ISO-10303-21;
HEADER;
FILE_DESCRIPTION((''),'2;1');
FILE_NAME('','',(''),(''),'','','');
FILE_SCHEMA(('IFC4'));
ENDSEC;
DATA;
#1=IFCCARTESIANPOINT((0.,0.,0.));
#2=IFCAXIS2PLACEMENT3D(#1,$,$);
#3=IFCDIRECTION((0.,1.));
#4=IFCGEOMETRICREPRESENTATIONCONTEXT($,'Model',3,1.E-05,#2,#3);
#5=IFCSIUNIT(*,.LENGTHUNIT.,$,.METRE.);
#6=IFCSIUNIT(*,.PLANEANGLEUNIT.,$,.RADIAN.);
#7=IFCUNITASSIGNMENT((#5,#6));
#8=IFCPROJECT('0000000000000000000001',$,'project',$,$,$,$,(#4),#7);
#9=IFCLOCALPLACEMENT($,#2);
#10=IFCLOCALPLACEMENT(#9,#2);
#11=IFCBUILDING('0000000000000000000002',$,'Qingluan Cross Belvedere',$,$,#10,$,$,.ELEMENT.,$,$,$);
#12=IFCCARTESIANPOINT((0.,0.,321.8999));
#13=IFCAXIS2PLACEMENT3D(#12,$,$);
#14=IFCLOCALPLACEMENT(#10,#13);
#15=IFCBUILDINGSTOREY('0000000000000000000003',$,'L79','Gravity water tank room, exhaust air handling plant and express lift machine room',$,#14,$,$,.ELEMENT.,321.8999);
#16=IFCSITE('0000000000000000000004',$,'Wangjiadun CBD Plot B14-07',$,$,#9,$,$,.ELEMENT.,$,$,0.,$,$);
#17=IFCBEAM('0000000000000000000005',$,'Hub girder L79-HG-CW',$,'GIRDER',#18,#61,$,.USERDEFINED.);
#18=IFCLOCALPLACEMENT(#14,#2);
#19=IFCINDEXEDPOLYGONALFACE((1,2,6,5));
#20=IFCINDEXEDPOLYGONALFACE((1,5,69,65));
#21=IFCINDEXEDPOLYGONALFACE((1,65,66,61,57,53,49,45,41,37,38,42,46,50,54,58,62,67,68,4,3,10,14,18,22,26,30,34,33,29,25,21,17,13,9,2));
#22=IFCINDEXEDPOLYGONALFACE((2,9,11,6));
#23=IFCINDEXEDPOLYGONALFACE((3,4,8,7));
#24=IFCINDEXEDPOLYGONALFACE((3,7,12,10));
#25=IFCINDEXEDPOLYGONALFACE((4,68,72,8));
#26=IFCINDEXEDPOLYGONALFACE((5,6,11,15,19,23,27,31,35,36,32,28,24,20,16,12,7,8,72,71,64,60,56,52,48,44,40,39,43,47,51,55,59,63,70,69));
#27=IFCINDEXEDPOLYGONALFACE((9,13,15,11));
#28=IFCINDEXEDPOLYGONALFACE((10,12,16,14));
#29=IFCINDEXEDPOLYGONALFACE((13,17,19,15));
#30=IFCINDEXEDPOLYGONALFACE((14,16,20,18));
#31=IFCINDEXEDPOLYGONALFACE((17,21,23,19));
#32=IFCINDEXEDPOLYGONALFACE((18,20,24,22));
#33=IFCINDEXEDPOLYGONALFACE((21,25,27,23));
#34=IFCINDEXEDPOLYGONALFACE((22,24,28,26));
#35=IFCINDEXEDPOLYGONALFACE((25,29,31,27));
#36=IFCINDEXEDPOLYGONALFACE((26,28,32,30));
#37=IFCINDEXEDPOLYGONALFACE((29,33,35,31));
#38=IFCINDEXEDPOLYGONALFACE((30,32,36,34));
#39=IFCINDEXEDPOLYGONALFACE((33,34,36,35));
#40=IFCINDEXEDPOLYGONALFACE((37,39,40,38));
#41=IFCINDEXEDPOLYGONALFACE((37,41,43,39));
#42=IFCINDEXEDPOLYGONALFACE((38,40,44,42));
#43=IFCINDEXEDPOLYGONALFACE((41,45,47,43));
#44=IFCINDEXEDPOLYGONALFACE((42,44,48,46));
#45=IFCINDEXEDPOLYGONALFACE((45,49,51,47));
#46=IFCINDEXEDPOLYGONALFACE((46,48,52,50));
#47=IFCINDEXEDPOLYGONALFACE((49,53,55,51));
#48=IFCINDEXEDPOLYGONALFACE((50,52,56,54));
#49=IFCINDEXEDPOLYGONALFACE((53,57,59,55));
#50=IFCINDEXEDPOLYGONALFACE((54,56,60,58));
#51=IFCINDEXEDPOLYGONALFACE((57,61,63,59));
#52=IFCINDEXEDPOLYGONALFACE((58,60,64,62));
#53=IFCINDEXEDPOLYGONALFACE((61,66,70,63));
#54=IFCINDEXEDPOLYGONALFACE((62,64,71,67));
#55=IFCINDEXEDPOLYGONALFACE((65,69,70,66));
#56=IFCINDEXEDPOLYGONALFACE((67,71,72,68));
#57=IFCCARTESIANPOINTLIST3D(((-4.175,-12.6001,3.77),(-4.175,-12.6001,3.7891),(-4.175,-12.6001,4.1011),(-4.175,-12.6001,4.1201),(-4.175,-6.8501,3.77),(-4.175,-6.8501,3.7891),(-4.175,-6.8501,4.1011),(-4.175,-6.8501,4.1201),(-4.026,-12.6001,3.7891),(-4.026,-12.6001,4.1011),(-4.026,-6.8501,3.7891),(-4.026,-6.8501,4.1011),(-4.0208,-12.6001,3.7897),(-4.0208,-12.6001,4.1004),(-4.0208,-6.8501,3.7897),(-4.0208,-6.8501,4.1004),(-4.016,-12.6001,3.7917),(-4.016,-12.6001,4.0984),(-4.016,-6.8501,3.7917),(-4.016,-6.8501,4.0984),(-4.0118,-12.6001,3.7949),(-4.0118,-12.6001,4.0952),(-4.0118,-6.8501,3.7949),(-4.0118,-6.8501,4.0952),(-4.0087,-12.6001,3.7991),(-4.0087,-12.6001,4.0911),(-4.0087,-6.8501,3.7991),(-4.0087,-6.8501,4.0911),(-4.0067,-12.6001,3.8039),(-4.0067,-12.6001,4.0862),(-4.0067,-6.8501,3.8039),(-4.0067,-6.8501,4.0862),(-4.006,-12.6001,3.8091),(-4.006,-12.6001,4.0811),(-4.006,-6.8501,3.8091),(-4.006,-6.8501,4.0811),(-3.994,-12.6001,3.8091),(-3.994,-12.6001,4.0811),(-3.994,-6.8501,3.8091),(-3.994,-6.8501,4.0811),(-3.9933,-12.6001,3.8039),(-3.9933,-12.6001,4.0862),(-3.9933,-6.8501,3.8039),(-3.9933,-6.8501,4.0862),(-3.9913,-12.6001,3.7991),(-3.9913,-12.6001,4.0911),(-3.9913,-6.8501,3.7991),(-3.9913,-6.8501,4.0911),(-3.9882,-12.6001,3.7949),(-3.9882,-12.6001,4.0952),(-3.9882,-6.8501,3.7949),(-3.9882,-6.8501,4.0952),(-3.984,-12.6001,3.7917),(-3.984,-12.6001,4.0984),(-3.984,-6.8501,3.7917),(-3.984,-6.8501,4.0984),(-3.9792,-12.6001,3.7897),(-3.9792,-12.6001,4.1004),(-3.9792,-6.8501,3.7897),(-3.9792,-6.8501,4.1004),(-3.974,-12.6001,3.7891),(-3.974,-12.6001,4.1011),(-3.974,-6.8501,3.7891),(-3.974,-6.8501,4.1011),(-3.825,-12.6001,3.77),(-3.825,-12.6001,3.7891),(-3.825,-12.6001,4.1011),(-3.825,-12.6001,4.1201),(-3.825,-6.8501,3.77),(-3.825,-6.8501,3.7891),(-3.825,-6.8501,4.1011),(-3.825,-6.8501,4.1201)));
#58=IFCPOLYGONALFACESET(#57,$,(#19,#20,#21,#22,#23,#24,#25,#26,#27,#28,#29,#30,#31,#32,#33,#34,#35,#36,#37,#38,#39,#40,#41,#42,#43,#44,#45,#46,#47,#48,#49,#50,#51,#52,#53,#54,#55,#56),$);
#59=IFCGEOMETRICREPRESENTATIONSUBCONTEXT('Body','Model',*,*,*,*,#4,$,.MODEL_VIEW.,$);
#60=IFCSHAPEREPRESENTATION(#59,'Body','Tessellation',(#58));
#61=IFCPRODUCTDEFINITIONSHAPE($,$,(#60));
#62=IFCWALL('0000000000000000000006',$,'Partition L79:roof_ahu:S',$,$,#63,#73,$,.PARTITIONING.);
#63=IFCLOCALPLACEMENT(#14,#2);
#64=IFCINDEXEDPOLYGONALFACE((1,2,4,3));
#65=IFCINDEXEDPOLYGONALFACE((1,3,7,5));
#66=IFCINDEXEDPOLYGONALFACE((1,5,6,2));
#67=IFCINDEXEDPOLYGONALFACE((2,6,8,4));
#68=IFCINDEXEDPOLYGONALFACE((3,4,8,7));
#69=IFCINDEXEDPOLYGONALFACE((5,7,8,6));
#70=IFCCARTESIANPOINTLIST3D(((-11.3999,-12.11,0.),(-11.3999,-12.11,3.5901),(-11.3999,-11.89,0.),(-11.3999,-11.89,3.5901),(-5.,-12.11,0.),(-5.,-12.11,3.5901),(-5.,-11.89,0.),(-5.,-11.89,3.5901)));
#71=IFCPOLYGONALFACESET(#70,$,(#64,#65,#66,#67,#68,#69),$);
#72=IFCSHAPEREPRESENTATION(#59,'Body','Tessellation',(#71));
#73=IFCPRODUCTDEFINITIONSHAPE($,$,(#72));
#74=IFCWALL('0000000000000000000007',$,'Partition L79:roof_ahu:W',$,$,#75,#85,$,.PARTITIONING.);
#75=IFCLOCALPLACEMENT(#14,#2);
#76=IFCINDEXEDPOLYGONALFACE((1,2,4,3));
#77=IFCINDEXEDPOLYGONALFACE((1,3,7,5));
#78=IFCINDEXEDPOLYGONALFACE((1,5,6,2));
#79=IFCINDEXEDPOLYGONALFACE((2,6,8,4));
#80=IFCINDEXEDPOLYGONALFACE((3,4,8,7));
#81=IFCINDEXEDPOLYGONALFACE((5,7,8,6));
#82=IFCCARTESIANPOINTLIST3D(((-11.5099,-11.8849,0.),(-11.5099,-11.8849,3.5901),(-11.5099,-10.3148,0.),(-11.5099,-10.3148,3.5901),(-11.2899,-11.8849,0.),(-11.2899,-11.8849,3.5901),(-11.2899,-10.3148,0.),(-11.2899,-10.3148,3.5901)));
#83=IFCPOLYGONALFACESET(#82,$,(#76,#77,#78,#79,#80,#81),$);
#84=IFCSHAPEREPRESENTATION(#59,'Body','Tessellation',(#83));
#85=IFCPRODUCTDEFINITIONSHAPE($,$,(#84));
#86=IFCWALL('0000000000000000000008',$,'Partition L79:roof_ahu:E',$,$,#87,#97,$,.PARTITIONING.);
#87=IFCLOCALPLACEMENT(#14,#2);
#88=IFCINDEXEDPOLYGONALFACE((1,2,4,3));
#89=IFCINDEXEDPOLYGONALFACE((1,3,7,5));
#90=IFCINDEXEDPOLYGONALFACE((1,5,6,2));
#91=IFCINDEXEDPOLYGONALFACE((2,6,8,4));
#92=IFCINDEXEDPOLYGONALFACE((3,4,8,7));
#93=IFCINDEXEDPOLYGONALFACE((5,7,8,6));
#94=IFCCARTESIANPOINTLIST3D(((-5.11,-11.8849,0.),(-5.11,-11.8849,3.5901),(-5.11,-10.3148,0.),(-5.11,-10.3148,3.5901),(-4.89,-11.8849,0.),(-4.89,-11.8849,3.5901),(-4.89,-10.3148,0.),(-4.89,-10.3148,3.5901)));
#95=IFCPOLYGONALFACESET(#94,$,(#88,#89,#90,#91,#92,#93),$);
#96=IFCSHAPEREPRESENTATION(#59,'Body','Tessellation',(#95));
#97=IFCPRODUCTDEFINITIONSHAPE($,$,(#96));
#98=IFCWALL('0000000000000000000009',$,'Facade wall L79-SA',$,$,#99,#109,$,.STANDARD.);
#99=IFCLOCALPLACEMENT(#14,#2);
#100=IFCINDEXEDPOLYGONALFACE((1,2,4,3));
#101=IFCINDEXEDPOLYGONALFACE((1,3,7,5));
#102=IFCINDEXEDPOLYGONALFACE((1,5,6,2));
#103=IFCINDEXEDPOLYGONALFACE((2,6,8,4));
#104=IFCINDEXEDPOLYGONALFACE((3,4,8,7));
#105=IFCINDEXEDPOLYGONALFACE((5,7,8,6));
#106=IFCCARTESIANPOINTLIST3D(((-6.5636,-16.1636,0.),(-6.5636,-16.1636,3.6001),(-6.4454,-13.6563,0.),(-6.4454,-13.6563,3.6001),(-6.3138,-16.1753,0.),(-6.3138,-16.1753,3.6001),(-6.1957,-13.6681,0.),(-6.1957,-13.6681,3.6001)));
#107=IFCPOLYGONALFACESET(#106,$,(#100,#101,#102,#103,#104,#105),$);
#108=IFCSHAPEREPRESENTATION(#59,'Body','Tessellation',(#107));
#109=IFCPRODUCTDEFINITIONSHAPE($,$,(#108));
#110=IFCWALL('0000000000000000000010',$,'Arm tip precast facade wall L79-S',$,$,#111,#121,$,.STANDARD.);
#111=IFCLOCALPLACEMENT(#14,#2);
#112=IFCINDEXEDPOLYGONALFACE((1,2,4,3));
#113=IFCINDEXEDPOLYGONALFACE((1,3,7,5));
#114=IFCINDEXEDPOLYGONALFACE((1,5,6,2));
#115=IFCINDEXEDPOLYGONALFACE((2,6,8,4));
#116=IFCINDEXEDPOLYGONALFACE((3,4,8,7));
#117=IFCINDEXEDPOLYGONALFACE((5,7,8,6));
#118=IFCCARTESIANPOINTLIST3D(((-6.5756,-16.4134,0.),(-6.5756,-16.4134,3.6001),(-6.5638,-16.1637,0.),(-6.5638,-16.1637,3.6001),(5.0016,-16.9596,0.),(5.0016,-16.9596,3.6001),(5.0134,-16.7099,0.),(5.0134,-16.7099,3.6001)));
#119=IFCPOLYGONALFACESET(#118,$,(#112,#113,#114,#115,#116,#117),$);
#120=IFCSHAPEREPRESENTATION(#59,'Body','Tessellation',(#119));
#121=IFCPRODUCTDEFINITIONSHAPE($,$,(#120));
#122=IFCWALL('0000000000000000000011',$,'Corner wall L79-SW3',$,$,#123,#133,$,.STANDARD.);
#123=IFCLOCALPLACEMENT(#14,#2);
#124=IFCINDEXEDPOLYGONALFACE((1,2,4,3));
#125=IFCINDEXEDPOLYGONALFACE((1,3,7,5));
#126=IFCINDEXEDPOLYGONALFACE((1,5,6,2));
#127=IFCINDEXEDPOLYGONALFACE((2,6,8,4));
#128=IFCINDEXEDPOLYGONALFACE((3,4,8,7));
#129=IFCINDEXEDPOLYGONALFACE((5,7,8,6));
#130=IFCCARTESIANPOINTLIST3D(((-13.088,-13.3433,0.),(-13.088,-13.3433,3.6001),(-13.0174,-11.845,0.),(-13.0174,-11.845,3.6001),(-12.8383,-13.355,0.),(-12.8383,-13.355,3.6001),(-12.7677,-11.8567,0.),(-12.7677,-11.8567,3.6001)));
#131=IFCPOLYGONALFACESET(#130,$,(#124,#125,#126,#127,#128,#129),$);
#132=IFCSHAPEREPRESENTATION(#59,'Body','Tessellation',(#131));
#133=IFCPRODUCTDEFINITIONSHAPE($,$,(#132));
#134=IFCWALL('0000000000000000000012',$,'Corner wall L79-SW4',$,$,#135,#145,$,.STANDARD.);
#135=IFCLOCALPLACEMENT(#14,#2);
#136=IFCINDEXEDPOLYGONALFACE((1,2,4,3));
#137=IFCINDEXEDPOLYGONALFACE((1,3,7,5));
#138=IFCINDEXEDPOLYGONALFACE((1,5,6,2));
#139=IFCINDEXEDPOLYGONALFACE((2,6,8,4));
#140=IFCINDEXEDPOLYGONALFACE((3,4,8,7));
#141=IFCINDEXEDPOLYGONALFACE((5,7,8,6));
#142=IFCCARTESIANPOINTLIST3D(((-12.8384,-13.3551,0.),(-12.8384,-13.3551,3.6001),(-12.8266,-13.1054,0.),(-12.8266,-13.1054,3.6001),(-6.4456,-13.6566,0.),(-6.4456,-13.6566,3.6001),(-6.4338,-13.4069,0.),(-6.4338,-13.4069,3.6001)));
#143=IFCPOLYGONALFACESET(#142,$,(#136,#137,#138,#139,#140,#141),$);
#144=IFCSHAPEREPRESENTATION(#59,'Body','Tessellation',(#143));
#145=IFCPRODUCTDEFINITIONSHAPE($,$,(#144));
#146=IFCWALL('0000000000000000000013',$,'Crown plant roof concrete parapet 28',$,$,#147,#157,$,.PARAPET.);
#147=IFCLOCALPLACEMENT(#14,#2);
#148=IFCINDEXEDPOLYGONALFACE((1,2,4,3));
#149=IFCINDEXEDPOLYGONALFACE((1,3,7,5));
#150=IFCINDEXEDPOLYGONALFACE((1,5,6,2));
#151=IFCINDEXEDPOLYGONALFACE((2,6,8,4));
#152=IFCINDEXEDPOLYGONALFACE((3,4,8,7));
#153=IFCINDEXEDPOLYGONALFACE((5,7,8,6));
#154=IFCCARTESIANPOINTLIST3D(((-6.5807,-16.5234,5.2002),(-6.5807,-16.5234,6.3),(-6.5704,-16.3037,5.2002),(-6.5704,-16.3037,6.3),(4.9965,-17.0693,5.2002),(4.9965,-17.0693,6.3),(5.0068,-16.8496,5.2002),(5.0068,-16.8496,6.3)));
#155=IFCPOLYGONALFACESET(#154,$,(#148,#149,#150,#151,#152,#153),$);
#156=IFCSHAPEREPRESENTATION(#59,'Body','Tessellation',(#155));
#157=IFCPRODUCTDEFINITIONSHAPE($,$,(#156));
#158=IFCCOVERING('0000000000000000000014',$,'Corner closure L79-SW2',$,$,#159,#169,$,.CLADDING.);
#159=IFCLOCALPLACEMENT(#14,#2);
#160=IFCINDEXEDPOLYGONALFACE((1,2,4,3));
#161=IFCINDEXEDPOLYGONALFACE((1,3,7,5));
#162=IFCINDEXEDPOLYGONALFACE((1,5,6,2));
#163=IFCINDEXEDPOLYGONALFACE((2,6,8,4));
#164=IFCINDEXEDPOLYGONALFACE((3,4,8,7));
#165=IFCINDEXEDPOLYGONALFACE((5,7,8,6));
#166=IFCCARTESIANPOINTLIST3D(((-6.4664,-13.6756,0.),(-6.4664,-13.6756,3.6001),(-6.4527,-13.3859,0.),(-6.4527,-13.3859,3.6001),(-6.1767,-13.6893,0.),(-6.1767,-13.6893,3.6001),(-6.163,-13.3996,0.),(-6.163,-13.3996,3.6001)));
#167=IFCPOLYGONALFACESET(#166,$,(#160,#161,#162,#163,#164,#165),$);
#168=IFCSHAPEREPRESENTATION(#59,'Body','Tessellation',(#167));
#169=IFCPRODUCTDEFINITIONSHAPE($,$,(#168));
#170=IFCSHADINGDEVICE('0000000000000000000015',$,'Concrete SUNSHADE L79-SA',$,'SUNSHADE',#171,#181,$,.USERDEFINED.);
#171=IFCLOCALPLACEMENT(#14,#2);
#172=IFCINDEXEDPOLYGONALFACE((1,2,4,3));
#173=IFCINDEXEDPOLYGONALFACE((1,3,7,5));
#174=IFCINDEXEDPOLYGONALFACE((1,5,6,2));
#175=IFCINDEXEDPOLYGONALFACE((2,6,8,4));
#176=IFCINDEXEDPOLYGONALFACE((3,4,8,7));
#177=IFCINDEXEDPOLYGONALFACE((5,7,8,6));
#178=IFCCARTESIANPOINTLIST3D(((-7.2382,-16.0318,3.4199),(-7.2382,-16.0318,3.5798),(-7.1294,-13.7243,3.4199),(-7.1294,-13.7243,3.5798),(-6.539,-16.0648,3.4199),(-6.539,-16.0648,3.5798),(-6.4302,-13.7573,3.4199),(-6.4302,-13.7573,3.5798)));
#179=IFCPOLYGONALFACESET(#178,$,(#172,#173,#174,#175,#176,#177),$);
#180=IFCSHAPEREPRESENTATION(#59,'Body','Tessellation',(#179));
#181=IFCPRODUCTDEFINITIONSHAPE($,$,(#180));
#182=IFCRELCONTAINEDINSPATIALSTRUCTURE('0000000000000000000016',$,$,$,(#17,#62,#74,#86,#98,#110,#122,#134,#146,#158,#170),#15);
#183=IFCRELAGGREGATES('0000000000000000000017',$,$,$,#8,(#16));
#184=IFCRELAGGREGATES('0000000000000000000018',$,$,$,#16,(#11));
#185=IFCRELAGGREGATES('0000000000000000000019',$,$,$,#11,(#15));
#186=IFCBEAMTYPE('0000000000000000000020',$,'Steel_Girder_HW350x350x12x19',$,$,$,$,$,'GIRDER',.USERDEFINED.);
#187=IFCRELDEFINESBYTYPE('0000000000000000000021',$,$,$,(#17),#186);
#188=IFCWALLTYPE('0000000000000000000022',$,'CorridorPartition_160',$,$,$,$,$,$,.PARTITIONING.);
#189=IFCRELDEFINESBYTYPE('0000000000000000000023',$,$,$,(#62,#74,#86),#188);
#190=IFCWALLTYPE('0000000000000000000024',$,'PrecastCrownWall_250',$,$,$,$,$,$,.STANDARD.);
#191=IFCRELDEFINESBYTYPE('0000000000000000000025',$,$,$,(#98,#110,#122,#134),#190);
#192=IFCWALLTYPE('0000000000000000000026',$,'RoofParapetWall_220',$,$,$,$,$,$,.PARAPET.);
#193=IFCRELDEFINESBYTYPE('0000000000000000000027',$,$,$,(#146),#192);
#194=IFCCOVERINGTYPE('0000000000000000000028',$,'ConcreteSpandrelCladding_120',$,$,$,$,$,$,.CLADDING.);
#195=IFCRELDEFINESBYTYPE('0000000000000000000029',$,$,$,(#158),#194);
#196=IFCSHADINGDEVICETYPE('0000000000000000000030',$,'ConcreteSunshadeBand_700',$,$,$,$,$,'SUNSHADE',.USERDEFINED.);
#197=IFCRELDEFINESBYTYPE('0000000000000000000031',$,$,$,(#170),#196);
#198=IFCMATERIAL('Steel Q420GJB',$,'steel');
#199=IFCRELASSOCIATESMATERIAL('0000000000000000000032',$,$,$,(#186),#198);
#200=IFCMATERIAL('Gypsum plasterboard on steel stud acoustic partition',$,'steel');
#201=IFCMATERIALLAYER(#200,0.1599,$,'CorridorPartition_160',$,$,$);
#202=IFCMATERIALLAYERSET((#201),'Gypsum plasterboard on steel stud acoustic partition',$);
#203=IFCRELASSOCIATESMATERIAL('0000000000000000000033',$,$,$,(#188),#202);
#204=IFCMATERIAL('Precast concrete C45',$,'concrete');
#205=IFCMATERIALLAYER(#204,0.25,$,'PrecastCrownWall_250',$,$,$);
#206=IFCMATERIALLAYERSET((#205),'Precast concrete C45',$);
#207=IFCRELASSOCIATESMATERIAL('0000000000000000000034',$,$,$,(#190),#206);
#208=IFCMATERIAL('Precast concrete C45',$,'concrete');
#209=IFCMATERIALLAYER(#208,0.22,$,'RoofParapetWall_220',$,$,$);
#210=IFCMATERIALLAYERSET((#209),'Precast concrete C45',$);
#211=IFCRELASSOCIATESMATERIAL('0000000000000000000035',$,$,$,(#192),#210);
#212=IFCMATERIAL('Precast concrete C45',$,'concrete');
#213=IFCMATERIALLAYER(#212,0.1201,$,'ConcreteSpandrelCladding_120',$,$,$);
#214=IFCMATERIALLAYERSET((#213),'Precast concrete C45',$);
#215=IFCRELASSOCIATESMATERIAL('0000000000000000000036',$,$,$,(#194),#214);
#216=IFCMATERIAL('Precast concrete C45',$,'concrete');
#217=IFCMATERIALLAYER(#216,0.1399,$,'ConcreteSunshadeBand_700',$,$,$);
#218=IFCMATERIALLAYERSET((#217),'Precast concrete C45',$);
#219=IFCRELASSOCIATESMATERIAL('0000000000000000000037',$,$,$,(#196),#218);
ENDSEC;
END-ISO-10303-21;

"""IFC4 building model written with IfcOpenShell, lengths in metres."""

from ifc_helpers import new_model, si_unit, direction, frame, frame_2d, origin, origin_2d, place, context, subcontext, project, spatial, rectangle, i_section, extrude, material, layer, layer_set, material_profile, profile_set, type_object, element, save


model = new_model("IFC4")

# Units and contexts
model_context = context("Model", 3, precision=1e-05, world=origin(), true_north=direction((0.0, 1.0)))
body_context = subcontext(model_context, "Body", "Model", "MODEL_VIEW")
ifc_project = project(units=[si_unit("LENGTHUNIT", "METRE"), si_unit("PLANEANGLEUNIT", "RADIAN")], contexts=[model_context])

# Site, building, storey
site_placement = place(None, origin())
site = spatial("IfcSite", under=ifc_project, at=site_placement, Name="Wangjiadun CBD Plot B14-07", CompositionType="ELEMENT", RefElevation=0.0)
building_placement = place(site_placement, origin())
building = spatial("IfcBuilding", under=site, at=building_placement, Name="Qingluan Cross Belvedere", CompositionType="ELEMENT")
storey_placement = place(building_placement, frame((0.0, 0.0, 321.8999)))
storey = spatial("IfcBuildingStorey", under=building, at=storey_placement, Name="L79", Description="Gravity water tank room, exhaust air handling plant and express lift machine room", CompositionType="ELEMENT", Elevation=321.8999)

# Beam
ifc_material_1 = material(Name="Steel Q420GJB", Category="steel")
ifc_material_profile_1 = material_profile(ifc_material_1, i_section(OverallWidth=0.3501, OverallDepth=0.3501, WebThickness=0.012, FlangeThickness=0.019, FilletRadius=0.02, at=origin_2d()), Name="HW350x350x12x19")
ifc_profile_set_1 = profile_set([ifc_material_profile_1], Name="Steel Q420GJB")
beam_type = type_object("IfcBeamType", Name="Steel_Girder_HW350x350x12x19", ElementType="GIRDER", PredefinedType="USERDEFINED", material=ifc_profile_set_1)
for number, where, z_axis, x_axis, name in (
    (1, (-4.0, -12.6001, 3.9451), (0.0, 1.0, 0.0), (-1.0, 0.0, 0.0), "Hub girder L79-HG-CW"),
):
    element("IfcBeam", number, at=place(storey_placement, frame(where, z_axis=z_axis, x_axis=x_axis)), inside=storey, type_object=beam_type, Name=name, ObjectType="GIRDER", PredefinedType="USERDEFINED", context=body_context, shape_type="SweptSolid", body=[
        extrude(i_section(OverallWidth=0.3501, OverallDepth=0.3501, WebThickness=0.012, FlangeThickness=0.019, FilletRadius=0.02, at=origin_2d()), origin(), (0.0, 0.0, 1.0), 5.75),
    ])

# Walls
ifc_material_2 = material(Name="Gypsum plasterboard on steel stud acoustic partition", Category="steel")
ifc_layer_1 = layer(ifc_material_2, 0.1599, Name="CorridorPartition_160")
ifc_layer_set_1 = layer_set([ifc_layer_1], Name="Gypsum plasterboard on steel stud acoustic partition")
wall_type_1 = type_object("IfcWallType", Name="CorridorPartition_160", PredefinedType="PARTITIONING", material=ifc_layer_set_1)
wall_1_placement = place(storey_placement, frame((-11.3999, -12.0, 0.0), z_axis=(0.0, 0.0, 1.0), x_axis=(1.0, 0.0, 0.0)))
element("IfcWall", 2, at=wall_1_placement, inside=storey, type_object=wall_type_1, Name="Partition L79:roof_ahu:S", PredefinedType="PARTITIONING", context=body_context, shape_type="SweptSolid", body=[
    extrude(rectangle(XDim=6.3999, YDim=0.22, at=frame_2d((3.2, 0.0))), origin(), (0.0, 0.0, 1.0), 3.5901),
])
for number, where, z_axis, x_axis, name in (
    (3, (-11.3999, -11.885, 0.0), (0.0, 0.0, 1.0), (0.0, 1.0, 0.0), "Partition L79:roof_ahu:W"),
    (4, (-5.0, -11.885, 0.0), (0.0, 0.0, 1.0), (0.0, 1.0, 0.0), "Partition L79:roof_ahu:E"),
):
    element("IfcWall", number, at=place(storey_placement, frame(where, z_axis=z_axis, x_axis=x_axis)), inside=storey, type_object=wall_type_1, Name=name, PredefinedType="PARTITIONING", context=body_context, shape_type="SweptSolid", body=[
        extrude(rectangle(XDim=1.5701, YDim=0.22, at=frame_2d((0.7852, 0.0))), origin(), (0.0, 0.0, 1.0), 3.5901),
    ])
ifc_material_3 = material(Name="Precast concrete C45", Category="concrete")
ifc_layer_2 = layer(ifc_material_3, 0.25, Name="PrecastCrownWall_250")
ifc_layer_set_2 = layer_set([ifc_layer_2], Name="Precast concrete C45")
wall_type_2 = type_object("IfcWallType", Name="PrecastCrownWall_250", PredefinedType="STANDARD", material=ifc_layer_set_2)
wall_2_placement = place(storey_placement, frame((-6.3206, -13.6624, 0.0), z_axis=(0.0, 0.0, 1.0), x_axis=(-0.047075, -0.998891, 0.0)))
element("IfcWall", 5, at=wall_2_placement, inside=storey, type_object=wall_type_2, Name="Facade wall L79-SA", PredefinedType="STANDARD", context=body_context, shape_type="SweptSolid", body=[
    extrude(rectangle(XDim=2.51, YDim=0.25, at=frame_2d((1.2549, 0.0))), origin(), (0.0, 0.0, 1.0), 3.6001),
])
wall_3_placement = place(storey_placement, frame((-6.5696, -16.2886, 0.0), z_axis=(0.0, 0.0, 1.0), x_axis=(0.998889, -0.047122, 0.0)))
element("IfcWall", 6, at=wall_3_placement, inside=storey, type_object=wall_type_2, Name="Arm tip precast facade wall L79-S", PredefinedType="STANDARD", context=body_context, shape_type="SweptSolid", body=[
    extrude(rectangle(XDim=11.5901, YDim=0.25, at=frame_2d((5.7949, 0.0))), origin(), (0.0, 0.0, 1.0), 3.6001),
])
wall_4_placement = place(storey_placement, frame((-12.8926, -11.8508, 0.0), z_axis=(0.0, 0.0, 1.0), x_axis=(-0.047039, -0.998893, 0.0)))
element("IfcWall", 7, at=wall_4_placement, inside=storey, type_object=wall_type_2, Name="Corner wall L79-SW3", PredefinedType="STANDARD", context=body_context, shape_type="SweptSolid", body=[
    extrude(rectangle(XDim=1.5, YDim=0.25, at=frame_2d((0.75, 0.0))), origin(), (0.0, 0.0, 1.0), 3.6001),
])
wall_5_placement = place(storey_placement, frame((-12.8325, -13.2302, 0.0), z_axis=(0.0, 0.0, 1.0), x_axis=(0.99889, -0.047112, 0.0)))
element("IfcWall", 8, at=wall_5_placement, inside=storey, type_object=wall_type_2, Name="Corner wall L79-SW4", PredefinedType="STANDARD", context=body_context, shape_type="SweptSolid", body=[
    extrude(rectangle(XDim=6.3999, YDim=0.25, at=frame_2d((3.2, 0.0))), origin(), (0.0, 0.0, 1.0), 3.6001),
])
ifc_material_4 = material(Name="Precast concrete C45", Category="concrete")
ifc_layer_3 = layer(ifc_material_4, 0.22, Name="RoofParapetWall_220")
ifc_layer_set_3 = layer_set([ifc_layer_3], Name="Precast concrete C45")
wall_type_3 = type_object("IfcWallType", Name="RoofParapetWall_220", PredefinedType="PARAPET", material=ifc_layer_set_3)
wall_6_placement = place(storey_placement, frame((-6.5754, -16.4136, 5.2002), z_axis=(0.0, 0.0, 1.0), x_axis=(0.99889, -0.047101, 0.0)))
element("IfcWall", 9, at=wall_6_placement, inside=storey, type_object=wall_type_3, Name="Crown plant roof concrete parapet 28", PredefinedType="PARAPET", context=body_context, shape_type="SweptSolid", body=[
    extrude(rectangle(XDim=11.5901, YDim=0.22, at=frame_2d((5.7949, 0.0))), origin(), (0.0, 0.0, 1.0), 1.0999),
])

# Covering
ifc_material_5 = material(Name="Precast concrete C45", Category="concrete")
ifc_layer_4 = layer(ifc_material_5, 0.1201, Name="ConcreteSpandrelCladding_120")
ifc_layer_set_4 = layer_set([ifc_layer_4], Name="Precast concrete C45")
covering_type = type_object("IfcCoveringType", Name="ConcreteSpandrelCladding_120", PredefinedType="CLADDING", material=ifc_layer_set_4)
covering_placement = place(storey_placement, frame((-6.3147, -13.5376, 0.0), z_axis=(0.0, 0.0, 1.0), x_axis=(0.99889, -0.047106, 0.0)))
element("IfcCovering", 10, at=covering_placement, inside=storey, type_object=covering_type, Name="Corner closure L79-SW2", PredefinedType="CLADDING", context=body_context, shape_type="SweptSolid", body=[
    extrude(rectangle(XDim=0.29, YDim=0.29, at=origin_2d()), origin(), (0.0, 0.0, 1.0), 3.6001),
])

# Shading device
ifc_material_6 = material(Name="Precast concrete C45", Category="concrete")
ifc_layer_5 = layer(ifc_material_6, 0.1399, Name="ConcreteSunshadeBand_700")
ifc_layer_set_5 = layer_set([ifc_layer_5], Name="Precast concrete C45")
shading_device_type_1 = type_object("IfcShadingDeviceType", Name="ConcreteSunshadeBand_700", ElementType="SUNSHADE", PredefinedType="USERDEFINED", material=ifc_layer_set_5)
shading_device_1_placement = place(storey_placement, frame((-6.8342, -14.8945, 3.4199), z_axis=(0.0, 0.0, 1.0), x_axis=(-0.047092, -0.998891, 0.0)))
element("IfcShadingDevice", 11, at=shading_device_1_placement, inside=storey, type_object=shading_device_type_1, Name="Concrete SUNSHADE L79-SA", ObjectType="SUNSHADE", PredefinedType="USERDEFINED", context=body_context, shape_type="SweptSolid", body=[
    extrude(rectangle(XDim=2.3101, YDim=0.7, at=origin_2d()), origin(), (0.0, 0.0, 1.0), 0.1599),
])

save(model, "model.ifc")
